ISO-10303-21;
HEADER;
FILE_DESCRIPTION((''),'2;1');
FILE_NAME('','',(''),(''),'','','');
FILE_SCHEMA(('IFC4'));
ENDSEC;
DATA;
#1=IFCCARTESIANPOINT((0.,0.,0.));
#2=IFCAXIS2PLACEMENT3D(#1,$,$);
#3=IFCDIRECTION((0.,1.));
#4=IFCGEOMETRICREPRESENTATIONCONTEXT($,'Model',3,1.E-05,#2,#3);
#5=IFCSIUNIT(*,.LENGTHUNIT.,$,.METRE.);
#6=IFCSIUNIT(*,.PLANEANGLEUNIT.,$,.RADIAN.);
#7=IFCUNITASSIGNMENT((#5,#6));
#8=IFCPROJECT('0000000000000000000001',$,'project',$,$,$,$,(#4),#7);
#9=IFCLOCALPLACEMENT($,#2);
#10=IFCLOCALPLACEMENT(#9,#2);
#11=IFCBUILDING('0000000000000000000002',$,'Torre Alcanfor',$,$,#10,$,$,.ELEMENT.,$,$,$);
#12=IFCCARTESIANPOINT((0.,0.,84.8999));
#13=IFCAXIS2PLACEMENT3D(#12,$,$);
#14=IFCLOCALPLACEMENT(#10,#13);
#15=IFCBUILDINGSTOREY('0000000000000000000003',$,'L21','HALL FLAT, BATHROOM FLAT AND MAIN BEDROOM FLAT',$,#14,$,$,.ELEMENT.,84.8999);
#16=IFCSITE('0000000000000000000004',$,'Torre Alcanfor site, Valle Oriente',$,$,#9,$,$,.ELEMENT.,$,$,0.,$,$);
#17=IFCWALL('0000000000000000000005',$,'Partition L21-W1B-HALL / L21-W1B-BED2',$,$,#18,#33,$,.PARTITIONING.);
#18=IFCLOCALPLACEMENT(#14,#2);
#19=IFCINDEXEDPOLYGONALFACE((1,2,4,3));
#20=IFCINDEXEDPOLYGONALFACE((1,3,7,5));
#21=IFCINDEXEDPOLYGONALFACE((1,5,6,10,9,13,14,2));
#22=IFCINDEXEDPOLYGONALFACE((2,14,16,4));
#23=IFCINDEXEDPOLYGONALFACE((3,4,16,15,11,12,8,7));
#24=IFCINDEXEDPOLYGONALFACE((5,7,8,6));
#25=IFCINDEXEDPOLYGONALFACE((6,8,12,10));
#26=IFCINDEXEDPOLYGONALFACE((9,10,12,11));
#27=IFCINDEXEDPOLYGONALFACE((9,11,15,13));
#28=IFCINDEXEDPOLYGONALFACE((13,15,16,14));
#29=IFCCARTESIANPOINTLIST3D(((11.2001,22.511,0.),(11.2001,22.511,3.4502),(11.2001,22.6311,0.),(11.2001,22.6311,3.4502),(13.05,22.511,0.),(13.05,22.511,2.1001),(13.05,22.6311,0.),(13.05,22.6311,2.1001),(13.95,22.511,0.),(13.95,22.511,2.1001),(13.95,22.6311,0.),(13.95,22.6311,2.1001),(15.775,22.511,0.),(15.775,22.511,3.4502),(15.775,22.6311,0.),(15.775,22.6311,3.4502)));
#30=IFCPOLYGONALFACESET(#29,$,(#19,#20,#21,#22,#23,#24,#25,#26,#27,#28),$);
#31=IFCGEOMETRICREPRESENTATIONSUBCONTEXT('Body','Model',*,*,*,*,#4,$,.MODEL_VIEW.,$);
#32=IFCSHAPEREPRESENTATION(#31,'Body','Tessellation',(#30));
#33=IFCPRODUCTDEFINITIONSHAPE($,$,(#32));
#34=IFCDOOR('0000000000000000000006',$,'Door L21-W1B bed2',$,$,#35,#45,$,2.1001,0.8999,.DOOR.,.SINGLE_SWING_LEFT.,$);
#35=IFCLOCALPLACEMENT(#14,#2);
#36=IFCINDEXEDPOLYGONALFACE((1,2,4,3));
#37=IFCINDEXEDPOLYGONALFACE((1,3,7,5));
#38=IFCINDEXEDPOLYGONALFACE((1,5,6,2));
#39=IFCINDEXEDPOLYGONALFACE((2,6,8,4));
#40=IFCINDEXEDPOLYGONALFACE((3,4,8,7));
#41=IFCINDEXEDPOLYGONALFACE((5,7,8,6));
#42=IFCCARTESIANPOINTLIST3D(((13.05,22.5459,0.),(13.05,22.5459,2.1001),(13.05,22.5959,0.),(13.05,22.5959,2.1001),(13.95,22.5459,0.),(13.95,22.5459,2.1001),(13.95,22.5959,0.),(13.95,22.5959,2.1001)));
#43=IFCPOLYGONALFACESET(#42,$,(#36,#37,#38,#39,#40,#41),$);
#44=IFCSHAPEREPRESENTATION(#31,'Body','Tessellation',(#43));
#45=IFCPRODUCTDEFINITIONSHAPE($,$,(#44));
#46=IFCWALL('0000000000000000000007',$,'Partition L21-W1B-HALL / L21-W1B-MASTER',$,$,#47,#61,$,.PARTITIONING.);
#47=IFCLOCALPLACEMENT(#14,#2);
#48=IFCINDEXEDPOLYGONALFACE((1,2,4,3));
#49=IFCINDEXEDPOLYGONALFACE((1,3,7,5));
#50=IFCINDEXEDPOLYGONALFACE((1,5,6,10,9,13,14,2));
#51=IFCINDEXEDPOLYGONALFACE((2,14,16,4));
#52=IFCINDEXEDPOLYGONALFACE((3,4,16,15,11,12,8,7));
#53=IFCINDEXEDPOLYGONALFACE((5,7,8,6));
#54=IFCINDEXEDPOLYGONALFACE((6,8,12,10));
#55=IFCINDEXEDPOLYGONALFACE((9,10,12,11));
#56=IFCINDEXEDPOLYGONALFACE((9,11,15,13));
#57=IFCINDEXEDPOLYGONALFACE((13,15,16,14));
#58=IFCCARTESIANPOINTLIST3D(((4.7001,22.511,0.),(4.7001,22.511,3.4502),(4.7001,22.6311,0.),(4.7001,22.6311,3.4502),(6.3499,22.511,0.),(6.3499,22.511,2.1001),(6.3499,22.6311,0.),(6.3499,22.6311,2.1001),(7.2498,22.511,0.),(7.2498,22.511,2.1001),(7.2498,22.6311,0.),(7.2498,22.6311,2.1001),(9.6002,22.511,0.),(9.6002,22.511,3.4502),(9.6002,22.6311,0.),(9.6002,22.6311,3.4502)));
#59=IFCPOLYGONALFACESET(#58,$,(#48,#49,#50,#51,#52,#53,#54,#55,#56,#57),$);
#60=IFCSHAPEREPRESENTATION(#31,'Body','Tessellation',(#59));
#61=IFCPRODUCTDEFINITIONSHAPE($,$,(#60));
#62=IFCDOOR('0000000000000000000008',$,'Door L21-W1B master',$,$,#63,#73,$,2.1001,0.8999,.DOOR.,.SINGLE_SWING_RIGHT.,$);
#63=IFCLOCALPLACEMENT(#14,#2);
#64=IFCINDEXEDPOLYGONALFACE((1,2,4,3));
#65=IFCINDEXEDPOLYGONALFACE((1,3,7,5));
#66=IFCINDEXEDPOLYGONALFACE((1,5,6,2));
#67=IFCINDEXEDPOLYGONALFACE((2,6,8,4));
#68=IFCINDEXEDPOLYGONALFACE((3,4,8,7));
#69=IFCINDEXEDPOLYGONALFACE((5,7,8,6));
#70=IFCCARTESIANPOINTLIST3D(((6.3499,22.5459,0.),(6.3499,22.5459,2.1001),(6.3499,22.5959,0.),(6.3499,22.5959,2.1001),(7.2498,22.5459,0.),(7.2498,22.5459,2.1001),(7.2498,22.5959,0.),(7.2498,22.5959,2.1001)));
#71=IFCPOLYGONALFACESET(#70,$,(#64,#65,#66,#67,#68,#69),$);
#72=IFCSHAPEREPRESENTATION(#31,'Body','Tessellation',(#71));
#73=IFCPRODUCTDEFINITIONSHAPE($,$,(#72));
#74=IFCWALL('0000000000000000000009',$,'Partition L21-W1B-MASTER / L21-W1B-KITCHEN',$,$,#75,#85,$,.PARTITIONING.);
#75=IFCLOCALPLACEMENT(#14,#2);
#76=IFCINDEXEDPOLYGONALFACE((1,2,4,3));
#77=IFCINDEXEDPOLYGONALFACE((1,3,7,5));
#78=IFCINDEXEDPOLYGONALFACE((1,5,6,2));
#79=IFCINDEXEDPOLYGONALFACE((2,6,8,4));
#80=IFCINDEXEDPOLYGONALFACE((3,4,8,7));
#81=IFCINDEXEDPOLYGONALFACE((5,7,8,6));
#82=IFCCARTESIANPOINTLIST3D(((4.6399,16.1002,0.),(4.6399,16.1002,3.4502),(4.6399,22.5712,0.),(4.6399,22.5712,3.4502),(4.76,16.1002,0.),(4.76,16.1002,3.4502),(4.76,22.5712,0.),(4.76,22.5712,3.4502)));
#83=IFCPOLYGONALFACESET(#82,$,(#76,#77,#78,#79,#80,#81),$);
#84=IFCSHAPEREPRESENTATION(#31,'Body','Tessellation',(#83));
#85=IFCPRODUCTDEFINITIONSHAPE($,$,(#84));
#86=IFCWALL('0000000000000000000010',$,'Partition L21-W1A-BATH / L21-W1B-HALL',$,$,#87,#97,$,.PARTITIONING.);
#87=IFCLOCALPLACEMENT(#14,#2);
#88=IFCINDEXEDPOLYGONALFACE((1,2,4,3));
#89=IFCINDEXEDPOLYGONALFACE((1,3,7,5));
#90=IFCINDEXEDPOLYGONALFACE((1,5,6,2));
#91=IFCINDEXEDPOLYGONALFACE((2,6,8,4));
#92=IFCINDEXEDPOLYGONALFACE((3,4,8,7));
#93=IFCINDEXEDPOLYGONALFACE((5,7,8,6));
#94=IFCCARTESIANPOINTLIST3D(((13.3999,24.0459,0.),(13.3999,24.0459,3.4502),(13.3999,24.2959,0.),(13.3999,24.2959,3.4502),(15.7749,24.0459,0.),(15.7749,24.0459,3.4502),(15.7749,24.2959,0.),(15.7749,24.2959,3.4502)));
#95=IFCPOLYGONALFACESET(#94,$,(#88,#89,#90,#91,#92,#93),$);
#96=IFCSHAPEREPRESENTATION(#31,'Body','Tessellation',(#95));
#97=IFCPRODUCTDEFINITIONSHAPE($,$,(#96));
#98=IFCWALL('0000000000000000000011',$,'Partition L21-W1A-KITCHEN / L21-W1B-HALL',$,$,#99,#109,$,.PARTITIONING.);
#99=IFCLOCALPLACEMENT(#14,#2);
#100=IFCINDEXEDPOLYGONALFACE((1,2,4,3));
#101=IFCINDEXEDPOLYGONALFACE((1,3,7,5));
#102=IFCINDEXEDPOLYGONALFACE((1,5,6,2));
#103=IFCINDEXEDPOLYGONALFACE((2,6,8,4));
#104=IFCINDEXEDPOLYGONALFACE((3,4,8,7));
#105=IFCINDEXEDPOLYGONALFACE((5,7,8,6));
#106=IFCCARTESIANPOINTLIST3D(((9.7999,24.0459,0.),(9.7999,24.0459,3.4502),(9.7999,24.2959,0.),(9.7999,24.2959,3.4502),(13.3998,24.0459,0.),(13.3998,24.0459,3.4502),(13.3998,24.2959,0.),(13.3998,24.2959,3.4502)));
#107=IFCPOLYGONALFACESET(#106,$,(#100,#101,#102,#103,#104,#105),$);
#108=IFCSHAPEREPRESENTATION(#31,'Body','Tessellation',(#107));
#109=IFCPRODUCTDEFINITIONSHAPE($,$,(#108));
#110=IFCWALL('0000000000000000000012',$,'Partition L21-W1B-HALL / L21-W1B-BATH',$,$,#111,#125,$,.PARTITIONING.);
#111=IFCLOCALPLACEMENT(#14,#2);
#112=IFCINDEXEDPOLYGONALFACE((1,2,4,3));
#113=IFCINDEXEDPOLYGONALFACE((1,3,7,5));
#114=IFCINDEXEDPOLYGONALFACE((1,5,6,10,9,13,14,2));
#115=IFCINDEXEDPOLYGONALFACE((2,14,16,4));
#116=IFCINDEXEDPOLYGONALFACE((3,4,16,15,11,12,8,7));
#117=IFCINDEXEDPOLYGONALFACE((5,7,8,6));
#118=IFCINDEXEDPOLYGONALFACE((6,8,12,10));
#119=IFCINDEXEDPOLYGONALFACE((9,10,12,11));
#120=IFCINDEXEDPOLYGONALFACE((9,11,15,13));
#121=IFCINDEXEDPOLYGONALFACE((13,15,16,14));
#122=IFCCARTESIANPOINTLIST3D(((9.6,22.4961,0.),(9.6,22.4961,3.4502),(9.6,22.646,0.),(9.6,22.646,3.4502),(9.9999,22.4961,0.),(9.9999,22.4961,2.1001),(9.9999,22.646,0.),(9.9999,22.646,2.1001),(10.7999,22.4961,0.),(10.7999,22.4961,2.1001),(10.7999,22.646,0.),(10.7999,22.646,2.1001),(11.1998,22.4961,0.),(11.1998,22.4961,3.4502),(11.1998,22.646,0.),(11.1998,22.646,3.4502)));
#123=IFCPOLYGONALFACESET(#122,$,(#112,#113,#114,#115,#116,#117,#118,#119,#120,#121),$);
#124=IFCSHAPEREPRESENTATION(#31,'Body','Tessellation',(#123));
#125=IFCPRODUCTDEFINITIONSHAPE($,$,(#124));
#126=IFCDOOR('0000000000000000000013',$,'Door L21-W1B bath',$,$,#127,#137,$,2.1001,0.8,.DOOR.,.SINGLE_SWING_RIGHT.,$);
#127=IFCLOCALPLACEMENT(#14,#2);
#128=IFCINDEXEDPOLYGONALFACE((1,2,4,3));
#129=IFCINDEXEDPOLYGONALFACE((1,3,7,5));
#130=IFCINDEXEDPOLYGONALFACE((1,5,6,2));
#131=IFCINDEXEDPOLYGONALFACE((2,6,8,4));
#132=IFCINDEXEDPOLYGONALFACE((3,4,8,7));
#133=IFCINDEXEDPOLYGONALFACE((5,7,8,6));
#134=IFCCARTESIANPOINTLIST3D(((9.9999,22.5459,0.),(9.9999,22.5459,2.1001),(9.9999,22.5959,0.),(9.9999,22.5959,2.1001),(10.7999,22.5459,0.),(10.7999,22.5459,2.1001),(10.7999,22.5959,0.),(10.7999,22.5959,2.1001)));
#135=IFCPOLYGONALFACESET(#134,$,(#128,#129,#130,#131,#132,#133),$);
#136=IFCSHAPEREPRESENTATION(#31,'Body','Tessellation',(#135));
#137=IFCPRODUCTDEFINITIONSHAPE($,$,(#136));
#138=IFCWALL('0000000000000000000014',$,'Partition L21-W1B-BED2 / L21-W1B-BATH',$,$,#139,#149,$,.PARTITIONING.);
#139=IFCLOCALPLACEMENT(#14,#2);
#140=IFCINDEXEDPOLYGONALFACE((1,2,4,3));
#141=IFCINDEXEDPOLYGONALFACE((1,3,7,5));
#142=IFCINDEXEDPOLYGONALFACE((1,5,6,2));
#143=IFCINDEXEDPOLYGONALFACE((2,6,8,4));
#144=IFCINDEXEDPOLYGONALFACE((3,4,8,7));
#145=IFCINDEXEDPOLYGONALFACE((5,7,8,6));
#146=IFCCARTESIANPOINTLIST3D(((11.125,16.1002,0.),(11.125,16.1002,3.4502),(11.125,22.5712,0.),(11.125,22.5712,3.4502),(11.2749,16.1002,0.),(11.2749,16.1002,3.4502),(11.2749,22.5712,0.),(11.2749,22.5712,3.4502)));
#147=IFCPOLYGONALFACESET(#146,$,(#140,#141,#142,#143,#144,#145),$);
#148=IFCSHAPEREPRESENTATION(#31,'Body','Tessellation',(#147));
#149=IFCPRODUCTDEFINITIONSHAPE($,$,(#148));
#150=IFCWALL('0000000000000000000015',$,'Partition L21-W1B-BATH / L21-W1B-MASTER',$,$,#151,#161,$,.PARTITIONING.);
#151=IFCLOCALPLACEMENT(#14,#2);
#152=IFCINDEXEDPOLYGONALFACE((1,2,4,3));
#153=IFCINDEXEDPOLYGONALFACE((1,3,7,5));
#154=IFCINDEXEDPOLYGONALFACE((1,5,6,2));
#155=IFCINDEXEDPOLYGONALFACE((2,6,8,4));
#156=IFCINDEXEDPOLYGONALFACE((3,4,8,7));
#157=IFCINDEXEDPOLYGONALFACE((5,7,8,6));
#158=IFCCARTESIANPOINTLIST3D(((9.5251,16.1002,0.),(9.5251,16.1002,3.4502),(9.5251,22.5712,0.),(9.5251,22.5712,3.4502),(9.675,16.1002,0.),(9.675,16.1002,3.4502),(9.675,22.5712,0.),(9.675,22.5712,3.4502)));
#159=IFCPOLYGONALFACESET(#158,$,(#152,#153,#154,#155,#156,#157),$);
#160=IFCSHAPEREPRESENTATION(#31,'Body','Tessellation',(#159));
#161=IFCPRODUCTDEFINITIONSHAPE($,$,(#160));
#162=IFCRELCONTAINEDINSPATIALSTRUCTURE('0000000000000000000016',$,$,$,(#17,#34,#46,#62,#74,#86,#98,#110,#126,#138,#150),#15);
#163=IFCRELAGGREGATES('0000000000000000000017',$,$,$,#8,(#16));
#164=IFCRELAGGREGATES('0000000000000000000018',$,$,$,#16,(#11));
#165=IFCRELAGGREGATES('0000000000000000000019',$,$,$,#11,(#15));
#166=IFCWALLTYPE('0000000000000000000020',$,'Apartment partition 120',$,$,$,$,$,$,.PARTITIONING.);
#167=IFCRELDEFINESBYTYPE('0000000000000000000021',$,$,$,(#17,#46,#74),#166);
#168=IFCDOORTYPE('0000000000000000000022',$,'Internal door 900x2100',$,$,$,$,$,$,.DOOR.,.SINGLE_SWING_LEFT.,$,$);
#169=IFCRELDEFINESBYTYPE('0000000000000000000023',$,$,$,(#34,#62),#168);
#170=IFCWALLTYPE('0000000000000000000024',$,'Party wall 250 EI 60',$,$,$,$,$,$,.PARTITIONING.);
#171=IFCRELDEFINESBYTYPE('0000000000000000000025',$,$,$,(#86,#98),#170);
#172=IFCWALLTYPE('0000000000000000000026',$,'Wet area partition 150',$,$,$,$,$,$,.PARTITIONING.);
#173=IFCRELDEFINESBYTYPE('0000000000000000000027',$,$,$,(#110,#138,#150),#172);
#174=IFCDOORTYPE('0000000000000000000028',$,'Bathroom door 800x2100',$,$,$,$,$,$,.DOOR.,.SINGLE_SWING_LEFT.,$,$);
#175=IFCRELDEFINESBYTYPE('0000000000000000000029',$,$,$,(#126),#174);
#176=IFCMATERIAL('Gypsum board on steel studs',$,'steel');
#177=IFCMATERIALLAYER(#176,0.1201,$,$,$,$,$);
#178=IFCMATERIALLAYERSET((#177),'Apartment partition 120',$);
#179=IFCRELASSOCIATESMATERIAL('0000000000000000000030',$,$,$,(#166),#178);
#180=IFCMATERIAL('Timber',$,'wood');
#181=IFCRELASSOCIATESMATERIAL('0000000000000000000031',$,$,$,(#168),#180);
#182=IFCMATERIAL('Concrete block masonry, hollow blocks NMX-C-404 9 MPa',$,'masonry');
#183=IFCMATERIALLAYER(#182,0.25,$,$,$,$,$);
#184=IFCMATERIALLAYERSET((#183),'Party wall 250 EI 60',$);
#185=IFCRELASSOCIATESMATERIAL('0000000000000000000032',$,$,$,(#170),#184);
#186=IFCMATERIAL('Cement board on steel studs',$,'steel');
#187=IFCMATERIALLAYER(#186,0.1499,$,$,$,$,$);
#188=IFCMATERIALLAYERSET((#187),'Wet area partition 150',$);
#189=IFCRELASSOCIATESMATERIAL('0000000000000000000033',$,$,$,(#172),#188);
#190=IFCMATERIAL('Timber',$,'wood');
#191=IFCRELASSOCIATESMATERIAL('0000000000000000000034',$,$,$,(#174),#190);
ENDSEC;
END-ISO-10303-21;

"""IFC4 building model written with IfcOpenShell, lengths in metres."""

from ifc_helpers import new_model, si_unit, direction, frame, frame_2d, origin, place, context, subcontext, project, spatial, rectangle, extrude, material, layer, layer_set, type_object, element, fill, save


model = new_model("IFC4")

# Units and contexts
model_context = context("Model", 3, precision=1e-05, world=origin(), true_north=direction((0.0, 1.0)))
body_context = subcontext(model_context, "Body", "Model", "MODEL_VIEW")
ifc_project = project(units=[si_unit("LENGTHUNIT", "METRE"), si_unit("PLANEANGLEUNIT", "RADIAN")], contexts=[model_context])

# Site, building, storey
site_placement = place(None, origin())
site = spatial("IfcSite", under=ifc_project, at=site_placement, Name="Torre Alcanfor site, Valle Oriente", CompositionType="ELEMENT", RefElevation=0.0)
building_placement = place(site_placement, origin())
building = spatial("IfcBuilding", under=site, at=building_placement, Name="Torre Alcanfor", CompositionType="ELEMENT")
storey_placement = place(building_placement, frame((0.0, 0.0, 84.8999)))
storey = spatial("IfcBuildingStorey", under=building, at=storey_placement, Name="L21", Description="HALL FLAT, BATHROOM FLAT AND MAIN BEDROOM FLAT", CompositionType="ELEMENT", Elevation=84.8999)

# Walls, openings, doors
ifc_material_1 = material(Name="Gypsum board on steel studs", Category="steel")
ifc_layer_1 = layer(ifc_material_1, 0.1201)
ifc_layer_set_1 = layer_set([ifc_layer_1], Name="Apartment partition 120")
wall_type_1 = type_object("IfcWallType", Name="Apartment partition 120", PredefinedType="PARTITIONING", material=ifc_layer_set_1)
wall_1_placement = place(storey_placement, frame((11.2, 22.571, 0.0), z_axis=(0.0, 0.0, 1.0), x_axis=(1.0, 0.0, 0.0)))
wall_1 = element("IfcWall", 1, at=wall_1_placement, inside=storey, type_object=wall_type_1, Name="Partition L21-W1B-HALL / L21-W1B-BED2", PredefinedType="PARTITIONING", context=body_context, shape_type="SweptSolid", body=[
    extrude(rectangle(XDim=4.575, YDim=0.1201, at=frame_2d((2.2876, 0.0))), origin(), (0.0, 0.0, 1.0), 3.4502),
])
opening_1_placement = place(wall_1_placement, frame((1.8501, 0.0, 0.0)))
opening_1 = element("IfcOpeningElement", 2, at=opening_1_placement, cuts=wall_1, PredefinedType="OPENING", context=body_context, shape_type="SweptSolid", body=[
    extrude(rectangle(XDim=0.8999, YDim=2.1001, at=frame_2d((0.45, 1.05))), frame((0.0, 0.0701, 0.0), z_axis=(0.0, -1.0, 0.0), x_axis=(1.0, 0.0, 0.0)), (0.0, 0.0, 1.0), 0.1401),
])
ifc_material_2 = material(Name="Timber", Category="wood")
door_type_1 = type_object("IfcDoorType", Name="Internal door 900x2100", OperationType="SINGLE_SWING_LEFT", PredefinedType="DOOR", material=ifc_material_2)
door_1_placement = place(opening_1_placement, frame((0.8999, 0.0, 0.0), z_axis=(0.0, 0.0, 1.0), x_axis=(-1.0, 0.0, 0.0)))
door_1 = element("IfcDoor", 3, at=door_1_placement, inside=storey, type_object=door_type_1, Name="Door L21-W1B bed2", OperationType="SINGLE_SWING_LEFT", OverallHeight=2.1001, OverallWidth=0.8999, PredefinedType="DOOR", context=body_context, shape_type="SweptSolid", body=[
    extrude(rectangle(XDim=0.8999, YDim=2.1001, at=frame_2d((0.45, 1.05))), frame((0.0, 0.0251, 0.0), z_axis=(0.0, -1.0, 0.0), x_axis=(1.0, 0.0, 0.0)), (0.0, 0.0, 1.0), 0.05),
])
fill(opening_1, door_1)
wall_2_placement = place(storey_placement, frame((4.7, 22.571, 0.0), z_axis=(0.0, 0.0, 1.0), x_axis=(1.0, 0.0, 0.0)))
wall_2 = element("IfcWall", 4, at=wall_2_placement, inside=storey, type_object=wall_type_1, Name="Partition L21-W1B-HALL / L21-W1B-MASTER", PredefinedType="PARTITIONING", context=body_context, shape_type="SweptSolid", body=[
    extrude(rectangle(XDim=4.9001, YDim=0.1201, at=frame_2d((2.4502, 0.0))), origin(), (0.0, 0.0, 1.0), 3.4502),
])
opening_2_placement = place(wall_2_placement, frame((1.6499, 0.0, 0.0)))
opening_2 = element("IfcOpeningElement", 5, at=opening_2_placement, cuts=wall_2, PredefinedType="OPENING", context=body_context, shape_type="SweptSolid", body=[
    extrude(rectangle(XDim=0.8999, YDim=2.1001, at=frame_2d((0.45, 1.05))), frame((0.0, 0.0701, 0.0), z_axis=(0.0, -1.0, 0.0), x_axis=(1.0, 0.0, 0.0)), (0.0, 0.0, 1.0), 0.1401),
])
door_2_placement = place(opening_2_placement, frame((0.8999, 0.0, 0.0), z_axis=(0.0, 0.0, 1.0), x_axis=(-1.0, 0.0, 0.0)))
door_2 = element("IfcDoor", 6, at=door_2_placement, inside=storey, type_object=door_type_1, Name="Door L21-W1B master", OperationType="SINGLE_SWING_RIGHT", OverallHeight=2.1001, OverallWidth=0.8999, PredefinedType="DOOR", context=body_context, shape_type="SweptSolid", body=[
    extrude(rectangle(XDim=0.8999, YDim=2.1001, at=frame_2d((0.45, 1.05))), frame((0.0, 0.0251, 0.0), z_axis=(0.0, -1.0, 0.0), x_axis=(1.0, 0.0, 0.0)), (0.0, 0.0, 1.0), 0.05),
])
fill(opening_2, door_2)

# Walls
wall_3_placement = place(storey_placement, frame((4.7, 22.571, 0.0), z_axis=(0.0, 0.0, 1.0), x_axis=(0.0, -1.0, 0.0)))
element("IfcWall", 7, at=wall_3_placement, inside=storey, type_object=wall_type_1, Name="Partition L21-W1B-MASTER / L21-W1B-KITCHEN", PredefinedType="PARTITIONING", context=body_context, shape_type="SweptSolid", body=[
    extrude(rectangle(XDim=6.4709, YDim=0.1201, at=frame_2d((3.2354, 0.0))), origin(), (0.0, 0.0, 1.0), 3.4502),
])
ifc_material_3 = material(Name="Concrete block masonry, hollow blocks NMX-C-404 9 MPa", Category="masonry")
ifc_layer_2 = layer(ifc_material_3, 0.25)
ifc_layer_set_2 = layer_set([ifc_layer_2], Name="Party wall 250 EI 60")
wall_type_2 = type_object("IfcWallType", Name="Party wall 250 EI 60", PredefinedType="PARTITIONING", material=ifc_layer_set_2)
wall_4_placement = place(storey_placement, frame((13.3999, 24.1709, 0.0), z_axis=(0.0, 0.0, 1.0), x_axis=(1.0, 0.0, 0.0)))
element("IfcWall", 8, at=wall_4_placement, inside=storey, type_object=wall_type_2, Name="Partition L21-W1A-BATH / L21-W1B-HALL", PredefinedType="PARTITIONING", context=body_context, shape_type="SweptSolid", body=[
    extrude(rectangle(XDim=2.375, YDim=0.25, at=frame_2d((1.1875, 0.0))), origin(), (0.0, 0.0, 1.0), 3.4502),
])
wall_5_placement = place(storey_placement, frame((9.8, 24.1709, 0.0), z_axis=(0.0, 0.0, 1.0), x_axis=(1.0, 0.0, 0.0)))
element("IfcWall", 9, at=wall_5_placement, inside=storey, type_object=wall_type_2, Name="Partition L21-W1A-KITCHEN / L21-W1B-HALL", PredefinedType="PARTITIONING", context=body_context, shape_type="SweptSolid", body=[
    extrude(rectangle(XDim=3.5999, YDim=0.25, at=frame_2d((1.7998, 0.0))), origin(), (0.0, 0.0, 1.0), 3.4502),
])

# Wall, opening, door
ifc_material_4 = material(Name="Cement board on steel studs", Category="steel")
ifc_layer_3 = layer(ifc_material_4, 0.1499)
ifc_layer_set_3 = layer_set([ifc_layer_3], Name="Wet area partition 150")
wall_type_3 = type_object("IfcWallType", Name="Wet area partition 150", PredefinedType="PARTITIONING", material=ifc_layer_set_3)
wall_6_placement = place(storey_placement, frame((9.6001, 22.571, 0.0), z_axis=(0.0, 0.0, 1.0), x_axis=(1.0, 0.0, 0.0)))
wall_6 = element("IfcWall", 10, at=wall_6_placement, inside=storey, type_object=wall_type_3, Name="Partition L21-W1B-HALL / L21-W1B-BATH", PredefinedType="PARTITIONING", context=body_context, shape_type="SweptSolid", body=[
    extrude(rectangle(XDim=1.5999, YDim=0.1499, at=frame_2d((0.7998, 0.0))), origin(), (0.0, 0.0, 1.0), 3.4502),
])
opening_3_placement = place(wall_6_placement, frame((0.3999, 0.0, 0.0)))
opening_3 = element("IfcOpeningElement", 11, at=opening_3_placement, cuts=wall_6, PredefinedType="OPENING", context=body_context, shape_type="SweptSolid", body=[
    extrude(rectangle(XDim=0.8, YDim=2.1001, at=frame_2d((0.3999, 1.05))), frame((0.0, 0.085, 0.0), z_axis=(0.0, -1.0, 0.0), x_axis=(1.0, 0.0, 0.0)), (0.0, 0.0, 1.0), 0.1699),
])
ifc_material_5 = material(Name="Timber", Category="wood")
door_type_2 = type_object("IfcDoorType", Name="Bathroom door 800x2100", OperationType="SINGLE_SWING_LEFT", PredefinedType="DOOR", material=ifc_material_5)
door_3_placement = place(opening_3_placement, frame((0.8, 0.0, 0.0), z_axis=(0.0, 0.0, 1.0), x_axis=(-1.0, 0.0, 0.0)))
door_3 = element("IfcDoor", 12, at=door_3_placement, inside=storey, type_object=door_type_2, Name="Door L21-W1B bath", OperationType="SINGLE_SWING_RIGHT", OverallHeight=2.1001, OverallWidth=0.8, PredefinedType="DOOR", context=body_context, shape_type="SweptSolid", body=[
    extrude(rectangle(XDim=0.8, YDim=2.1001, at=frame_2d((0.4001, 1.05))), frame((0.0, 0.0251, 0.0), z_axis=(0.0, -1.0, 0.0), x_axis=(1.0, 0.0, 0.0)), (0.0, 0.0, 1.0), 0.05),
])
fill(opening_3, door_3)

# Walls
for number, where, z_axis, x_axis, name in (
    (13, (11.2, 22.571, 0.0), (0.0, 0.0, 1.0), (0.0, -1.0, 0.0), "Partition L21-W1B-BED2 / L21-W1B-BATH"),
    (14, (9.6001, 22.571, 0.0), (0.0, 0.0, 1.0), (0.0, -1.0, 0.0), "Partition L21-W1B-BATH / L21-W1B-MASTER"),
):
    element("IfcWall", number, at=place(storey_placement, frame(where, z_axis=z_axis, x_axis=x_axis)), inside=storey, type_object=wall_type_3, Name=name, PredefinedType="PARTITIONING", context=body_context, shape_type="SweptSolid", body=[
        extrude(rectangle(XDim=6.4709, YDim=0.1499, at=frame_2d((3.2354, 0.0))), origin(), (0.0, 0.0, 1.0), 3.4502),
    ])

save(model, "model.ifc")
